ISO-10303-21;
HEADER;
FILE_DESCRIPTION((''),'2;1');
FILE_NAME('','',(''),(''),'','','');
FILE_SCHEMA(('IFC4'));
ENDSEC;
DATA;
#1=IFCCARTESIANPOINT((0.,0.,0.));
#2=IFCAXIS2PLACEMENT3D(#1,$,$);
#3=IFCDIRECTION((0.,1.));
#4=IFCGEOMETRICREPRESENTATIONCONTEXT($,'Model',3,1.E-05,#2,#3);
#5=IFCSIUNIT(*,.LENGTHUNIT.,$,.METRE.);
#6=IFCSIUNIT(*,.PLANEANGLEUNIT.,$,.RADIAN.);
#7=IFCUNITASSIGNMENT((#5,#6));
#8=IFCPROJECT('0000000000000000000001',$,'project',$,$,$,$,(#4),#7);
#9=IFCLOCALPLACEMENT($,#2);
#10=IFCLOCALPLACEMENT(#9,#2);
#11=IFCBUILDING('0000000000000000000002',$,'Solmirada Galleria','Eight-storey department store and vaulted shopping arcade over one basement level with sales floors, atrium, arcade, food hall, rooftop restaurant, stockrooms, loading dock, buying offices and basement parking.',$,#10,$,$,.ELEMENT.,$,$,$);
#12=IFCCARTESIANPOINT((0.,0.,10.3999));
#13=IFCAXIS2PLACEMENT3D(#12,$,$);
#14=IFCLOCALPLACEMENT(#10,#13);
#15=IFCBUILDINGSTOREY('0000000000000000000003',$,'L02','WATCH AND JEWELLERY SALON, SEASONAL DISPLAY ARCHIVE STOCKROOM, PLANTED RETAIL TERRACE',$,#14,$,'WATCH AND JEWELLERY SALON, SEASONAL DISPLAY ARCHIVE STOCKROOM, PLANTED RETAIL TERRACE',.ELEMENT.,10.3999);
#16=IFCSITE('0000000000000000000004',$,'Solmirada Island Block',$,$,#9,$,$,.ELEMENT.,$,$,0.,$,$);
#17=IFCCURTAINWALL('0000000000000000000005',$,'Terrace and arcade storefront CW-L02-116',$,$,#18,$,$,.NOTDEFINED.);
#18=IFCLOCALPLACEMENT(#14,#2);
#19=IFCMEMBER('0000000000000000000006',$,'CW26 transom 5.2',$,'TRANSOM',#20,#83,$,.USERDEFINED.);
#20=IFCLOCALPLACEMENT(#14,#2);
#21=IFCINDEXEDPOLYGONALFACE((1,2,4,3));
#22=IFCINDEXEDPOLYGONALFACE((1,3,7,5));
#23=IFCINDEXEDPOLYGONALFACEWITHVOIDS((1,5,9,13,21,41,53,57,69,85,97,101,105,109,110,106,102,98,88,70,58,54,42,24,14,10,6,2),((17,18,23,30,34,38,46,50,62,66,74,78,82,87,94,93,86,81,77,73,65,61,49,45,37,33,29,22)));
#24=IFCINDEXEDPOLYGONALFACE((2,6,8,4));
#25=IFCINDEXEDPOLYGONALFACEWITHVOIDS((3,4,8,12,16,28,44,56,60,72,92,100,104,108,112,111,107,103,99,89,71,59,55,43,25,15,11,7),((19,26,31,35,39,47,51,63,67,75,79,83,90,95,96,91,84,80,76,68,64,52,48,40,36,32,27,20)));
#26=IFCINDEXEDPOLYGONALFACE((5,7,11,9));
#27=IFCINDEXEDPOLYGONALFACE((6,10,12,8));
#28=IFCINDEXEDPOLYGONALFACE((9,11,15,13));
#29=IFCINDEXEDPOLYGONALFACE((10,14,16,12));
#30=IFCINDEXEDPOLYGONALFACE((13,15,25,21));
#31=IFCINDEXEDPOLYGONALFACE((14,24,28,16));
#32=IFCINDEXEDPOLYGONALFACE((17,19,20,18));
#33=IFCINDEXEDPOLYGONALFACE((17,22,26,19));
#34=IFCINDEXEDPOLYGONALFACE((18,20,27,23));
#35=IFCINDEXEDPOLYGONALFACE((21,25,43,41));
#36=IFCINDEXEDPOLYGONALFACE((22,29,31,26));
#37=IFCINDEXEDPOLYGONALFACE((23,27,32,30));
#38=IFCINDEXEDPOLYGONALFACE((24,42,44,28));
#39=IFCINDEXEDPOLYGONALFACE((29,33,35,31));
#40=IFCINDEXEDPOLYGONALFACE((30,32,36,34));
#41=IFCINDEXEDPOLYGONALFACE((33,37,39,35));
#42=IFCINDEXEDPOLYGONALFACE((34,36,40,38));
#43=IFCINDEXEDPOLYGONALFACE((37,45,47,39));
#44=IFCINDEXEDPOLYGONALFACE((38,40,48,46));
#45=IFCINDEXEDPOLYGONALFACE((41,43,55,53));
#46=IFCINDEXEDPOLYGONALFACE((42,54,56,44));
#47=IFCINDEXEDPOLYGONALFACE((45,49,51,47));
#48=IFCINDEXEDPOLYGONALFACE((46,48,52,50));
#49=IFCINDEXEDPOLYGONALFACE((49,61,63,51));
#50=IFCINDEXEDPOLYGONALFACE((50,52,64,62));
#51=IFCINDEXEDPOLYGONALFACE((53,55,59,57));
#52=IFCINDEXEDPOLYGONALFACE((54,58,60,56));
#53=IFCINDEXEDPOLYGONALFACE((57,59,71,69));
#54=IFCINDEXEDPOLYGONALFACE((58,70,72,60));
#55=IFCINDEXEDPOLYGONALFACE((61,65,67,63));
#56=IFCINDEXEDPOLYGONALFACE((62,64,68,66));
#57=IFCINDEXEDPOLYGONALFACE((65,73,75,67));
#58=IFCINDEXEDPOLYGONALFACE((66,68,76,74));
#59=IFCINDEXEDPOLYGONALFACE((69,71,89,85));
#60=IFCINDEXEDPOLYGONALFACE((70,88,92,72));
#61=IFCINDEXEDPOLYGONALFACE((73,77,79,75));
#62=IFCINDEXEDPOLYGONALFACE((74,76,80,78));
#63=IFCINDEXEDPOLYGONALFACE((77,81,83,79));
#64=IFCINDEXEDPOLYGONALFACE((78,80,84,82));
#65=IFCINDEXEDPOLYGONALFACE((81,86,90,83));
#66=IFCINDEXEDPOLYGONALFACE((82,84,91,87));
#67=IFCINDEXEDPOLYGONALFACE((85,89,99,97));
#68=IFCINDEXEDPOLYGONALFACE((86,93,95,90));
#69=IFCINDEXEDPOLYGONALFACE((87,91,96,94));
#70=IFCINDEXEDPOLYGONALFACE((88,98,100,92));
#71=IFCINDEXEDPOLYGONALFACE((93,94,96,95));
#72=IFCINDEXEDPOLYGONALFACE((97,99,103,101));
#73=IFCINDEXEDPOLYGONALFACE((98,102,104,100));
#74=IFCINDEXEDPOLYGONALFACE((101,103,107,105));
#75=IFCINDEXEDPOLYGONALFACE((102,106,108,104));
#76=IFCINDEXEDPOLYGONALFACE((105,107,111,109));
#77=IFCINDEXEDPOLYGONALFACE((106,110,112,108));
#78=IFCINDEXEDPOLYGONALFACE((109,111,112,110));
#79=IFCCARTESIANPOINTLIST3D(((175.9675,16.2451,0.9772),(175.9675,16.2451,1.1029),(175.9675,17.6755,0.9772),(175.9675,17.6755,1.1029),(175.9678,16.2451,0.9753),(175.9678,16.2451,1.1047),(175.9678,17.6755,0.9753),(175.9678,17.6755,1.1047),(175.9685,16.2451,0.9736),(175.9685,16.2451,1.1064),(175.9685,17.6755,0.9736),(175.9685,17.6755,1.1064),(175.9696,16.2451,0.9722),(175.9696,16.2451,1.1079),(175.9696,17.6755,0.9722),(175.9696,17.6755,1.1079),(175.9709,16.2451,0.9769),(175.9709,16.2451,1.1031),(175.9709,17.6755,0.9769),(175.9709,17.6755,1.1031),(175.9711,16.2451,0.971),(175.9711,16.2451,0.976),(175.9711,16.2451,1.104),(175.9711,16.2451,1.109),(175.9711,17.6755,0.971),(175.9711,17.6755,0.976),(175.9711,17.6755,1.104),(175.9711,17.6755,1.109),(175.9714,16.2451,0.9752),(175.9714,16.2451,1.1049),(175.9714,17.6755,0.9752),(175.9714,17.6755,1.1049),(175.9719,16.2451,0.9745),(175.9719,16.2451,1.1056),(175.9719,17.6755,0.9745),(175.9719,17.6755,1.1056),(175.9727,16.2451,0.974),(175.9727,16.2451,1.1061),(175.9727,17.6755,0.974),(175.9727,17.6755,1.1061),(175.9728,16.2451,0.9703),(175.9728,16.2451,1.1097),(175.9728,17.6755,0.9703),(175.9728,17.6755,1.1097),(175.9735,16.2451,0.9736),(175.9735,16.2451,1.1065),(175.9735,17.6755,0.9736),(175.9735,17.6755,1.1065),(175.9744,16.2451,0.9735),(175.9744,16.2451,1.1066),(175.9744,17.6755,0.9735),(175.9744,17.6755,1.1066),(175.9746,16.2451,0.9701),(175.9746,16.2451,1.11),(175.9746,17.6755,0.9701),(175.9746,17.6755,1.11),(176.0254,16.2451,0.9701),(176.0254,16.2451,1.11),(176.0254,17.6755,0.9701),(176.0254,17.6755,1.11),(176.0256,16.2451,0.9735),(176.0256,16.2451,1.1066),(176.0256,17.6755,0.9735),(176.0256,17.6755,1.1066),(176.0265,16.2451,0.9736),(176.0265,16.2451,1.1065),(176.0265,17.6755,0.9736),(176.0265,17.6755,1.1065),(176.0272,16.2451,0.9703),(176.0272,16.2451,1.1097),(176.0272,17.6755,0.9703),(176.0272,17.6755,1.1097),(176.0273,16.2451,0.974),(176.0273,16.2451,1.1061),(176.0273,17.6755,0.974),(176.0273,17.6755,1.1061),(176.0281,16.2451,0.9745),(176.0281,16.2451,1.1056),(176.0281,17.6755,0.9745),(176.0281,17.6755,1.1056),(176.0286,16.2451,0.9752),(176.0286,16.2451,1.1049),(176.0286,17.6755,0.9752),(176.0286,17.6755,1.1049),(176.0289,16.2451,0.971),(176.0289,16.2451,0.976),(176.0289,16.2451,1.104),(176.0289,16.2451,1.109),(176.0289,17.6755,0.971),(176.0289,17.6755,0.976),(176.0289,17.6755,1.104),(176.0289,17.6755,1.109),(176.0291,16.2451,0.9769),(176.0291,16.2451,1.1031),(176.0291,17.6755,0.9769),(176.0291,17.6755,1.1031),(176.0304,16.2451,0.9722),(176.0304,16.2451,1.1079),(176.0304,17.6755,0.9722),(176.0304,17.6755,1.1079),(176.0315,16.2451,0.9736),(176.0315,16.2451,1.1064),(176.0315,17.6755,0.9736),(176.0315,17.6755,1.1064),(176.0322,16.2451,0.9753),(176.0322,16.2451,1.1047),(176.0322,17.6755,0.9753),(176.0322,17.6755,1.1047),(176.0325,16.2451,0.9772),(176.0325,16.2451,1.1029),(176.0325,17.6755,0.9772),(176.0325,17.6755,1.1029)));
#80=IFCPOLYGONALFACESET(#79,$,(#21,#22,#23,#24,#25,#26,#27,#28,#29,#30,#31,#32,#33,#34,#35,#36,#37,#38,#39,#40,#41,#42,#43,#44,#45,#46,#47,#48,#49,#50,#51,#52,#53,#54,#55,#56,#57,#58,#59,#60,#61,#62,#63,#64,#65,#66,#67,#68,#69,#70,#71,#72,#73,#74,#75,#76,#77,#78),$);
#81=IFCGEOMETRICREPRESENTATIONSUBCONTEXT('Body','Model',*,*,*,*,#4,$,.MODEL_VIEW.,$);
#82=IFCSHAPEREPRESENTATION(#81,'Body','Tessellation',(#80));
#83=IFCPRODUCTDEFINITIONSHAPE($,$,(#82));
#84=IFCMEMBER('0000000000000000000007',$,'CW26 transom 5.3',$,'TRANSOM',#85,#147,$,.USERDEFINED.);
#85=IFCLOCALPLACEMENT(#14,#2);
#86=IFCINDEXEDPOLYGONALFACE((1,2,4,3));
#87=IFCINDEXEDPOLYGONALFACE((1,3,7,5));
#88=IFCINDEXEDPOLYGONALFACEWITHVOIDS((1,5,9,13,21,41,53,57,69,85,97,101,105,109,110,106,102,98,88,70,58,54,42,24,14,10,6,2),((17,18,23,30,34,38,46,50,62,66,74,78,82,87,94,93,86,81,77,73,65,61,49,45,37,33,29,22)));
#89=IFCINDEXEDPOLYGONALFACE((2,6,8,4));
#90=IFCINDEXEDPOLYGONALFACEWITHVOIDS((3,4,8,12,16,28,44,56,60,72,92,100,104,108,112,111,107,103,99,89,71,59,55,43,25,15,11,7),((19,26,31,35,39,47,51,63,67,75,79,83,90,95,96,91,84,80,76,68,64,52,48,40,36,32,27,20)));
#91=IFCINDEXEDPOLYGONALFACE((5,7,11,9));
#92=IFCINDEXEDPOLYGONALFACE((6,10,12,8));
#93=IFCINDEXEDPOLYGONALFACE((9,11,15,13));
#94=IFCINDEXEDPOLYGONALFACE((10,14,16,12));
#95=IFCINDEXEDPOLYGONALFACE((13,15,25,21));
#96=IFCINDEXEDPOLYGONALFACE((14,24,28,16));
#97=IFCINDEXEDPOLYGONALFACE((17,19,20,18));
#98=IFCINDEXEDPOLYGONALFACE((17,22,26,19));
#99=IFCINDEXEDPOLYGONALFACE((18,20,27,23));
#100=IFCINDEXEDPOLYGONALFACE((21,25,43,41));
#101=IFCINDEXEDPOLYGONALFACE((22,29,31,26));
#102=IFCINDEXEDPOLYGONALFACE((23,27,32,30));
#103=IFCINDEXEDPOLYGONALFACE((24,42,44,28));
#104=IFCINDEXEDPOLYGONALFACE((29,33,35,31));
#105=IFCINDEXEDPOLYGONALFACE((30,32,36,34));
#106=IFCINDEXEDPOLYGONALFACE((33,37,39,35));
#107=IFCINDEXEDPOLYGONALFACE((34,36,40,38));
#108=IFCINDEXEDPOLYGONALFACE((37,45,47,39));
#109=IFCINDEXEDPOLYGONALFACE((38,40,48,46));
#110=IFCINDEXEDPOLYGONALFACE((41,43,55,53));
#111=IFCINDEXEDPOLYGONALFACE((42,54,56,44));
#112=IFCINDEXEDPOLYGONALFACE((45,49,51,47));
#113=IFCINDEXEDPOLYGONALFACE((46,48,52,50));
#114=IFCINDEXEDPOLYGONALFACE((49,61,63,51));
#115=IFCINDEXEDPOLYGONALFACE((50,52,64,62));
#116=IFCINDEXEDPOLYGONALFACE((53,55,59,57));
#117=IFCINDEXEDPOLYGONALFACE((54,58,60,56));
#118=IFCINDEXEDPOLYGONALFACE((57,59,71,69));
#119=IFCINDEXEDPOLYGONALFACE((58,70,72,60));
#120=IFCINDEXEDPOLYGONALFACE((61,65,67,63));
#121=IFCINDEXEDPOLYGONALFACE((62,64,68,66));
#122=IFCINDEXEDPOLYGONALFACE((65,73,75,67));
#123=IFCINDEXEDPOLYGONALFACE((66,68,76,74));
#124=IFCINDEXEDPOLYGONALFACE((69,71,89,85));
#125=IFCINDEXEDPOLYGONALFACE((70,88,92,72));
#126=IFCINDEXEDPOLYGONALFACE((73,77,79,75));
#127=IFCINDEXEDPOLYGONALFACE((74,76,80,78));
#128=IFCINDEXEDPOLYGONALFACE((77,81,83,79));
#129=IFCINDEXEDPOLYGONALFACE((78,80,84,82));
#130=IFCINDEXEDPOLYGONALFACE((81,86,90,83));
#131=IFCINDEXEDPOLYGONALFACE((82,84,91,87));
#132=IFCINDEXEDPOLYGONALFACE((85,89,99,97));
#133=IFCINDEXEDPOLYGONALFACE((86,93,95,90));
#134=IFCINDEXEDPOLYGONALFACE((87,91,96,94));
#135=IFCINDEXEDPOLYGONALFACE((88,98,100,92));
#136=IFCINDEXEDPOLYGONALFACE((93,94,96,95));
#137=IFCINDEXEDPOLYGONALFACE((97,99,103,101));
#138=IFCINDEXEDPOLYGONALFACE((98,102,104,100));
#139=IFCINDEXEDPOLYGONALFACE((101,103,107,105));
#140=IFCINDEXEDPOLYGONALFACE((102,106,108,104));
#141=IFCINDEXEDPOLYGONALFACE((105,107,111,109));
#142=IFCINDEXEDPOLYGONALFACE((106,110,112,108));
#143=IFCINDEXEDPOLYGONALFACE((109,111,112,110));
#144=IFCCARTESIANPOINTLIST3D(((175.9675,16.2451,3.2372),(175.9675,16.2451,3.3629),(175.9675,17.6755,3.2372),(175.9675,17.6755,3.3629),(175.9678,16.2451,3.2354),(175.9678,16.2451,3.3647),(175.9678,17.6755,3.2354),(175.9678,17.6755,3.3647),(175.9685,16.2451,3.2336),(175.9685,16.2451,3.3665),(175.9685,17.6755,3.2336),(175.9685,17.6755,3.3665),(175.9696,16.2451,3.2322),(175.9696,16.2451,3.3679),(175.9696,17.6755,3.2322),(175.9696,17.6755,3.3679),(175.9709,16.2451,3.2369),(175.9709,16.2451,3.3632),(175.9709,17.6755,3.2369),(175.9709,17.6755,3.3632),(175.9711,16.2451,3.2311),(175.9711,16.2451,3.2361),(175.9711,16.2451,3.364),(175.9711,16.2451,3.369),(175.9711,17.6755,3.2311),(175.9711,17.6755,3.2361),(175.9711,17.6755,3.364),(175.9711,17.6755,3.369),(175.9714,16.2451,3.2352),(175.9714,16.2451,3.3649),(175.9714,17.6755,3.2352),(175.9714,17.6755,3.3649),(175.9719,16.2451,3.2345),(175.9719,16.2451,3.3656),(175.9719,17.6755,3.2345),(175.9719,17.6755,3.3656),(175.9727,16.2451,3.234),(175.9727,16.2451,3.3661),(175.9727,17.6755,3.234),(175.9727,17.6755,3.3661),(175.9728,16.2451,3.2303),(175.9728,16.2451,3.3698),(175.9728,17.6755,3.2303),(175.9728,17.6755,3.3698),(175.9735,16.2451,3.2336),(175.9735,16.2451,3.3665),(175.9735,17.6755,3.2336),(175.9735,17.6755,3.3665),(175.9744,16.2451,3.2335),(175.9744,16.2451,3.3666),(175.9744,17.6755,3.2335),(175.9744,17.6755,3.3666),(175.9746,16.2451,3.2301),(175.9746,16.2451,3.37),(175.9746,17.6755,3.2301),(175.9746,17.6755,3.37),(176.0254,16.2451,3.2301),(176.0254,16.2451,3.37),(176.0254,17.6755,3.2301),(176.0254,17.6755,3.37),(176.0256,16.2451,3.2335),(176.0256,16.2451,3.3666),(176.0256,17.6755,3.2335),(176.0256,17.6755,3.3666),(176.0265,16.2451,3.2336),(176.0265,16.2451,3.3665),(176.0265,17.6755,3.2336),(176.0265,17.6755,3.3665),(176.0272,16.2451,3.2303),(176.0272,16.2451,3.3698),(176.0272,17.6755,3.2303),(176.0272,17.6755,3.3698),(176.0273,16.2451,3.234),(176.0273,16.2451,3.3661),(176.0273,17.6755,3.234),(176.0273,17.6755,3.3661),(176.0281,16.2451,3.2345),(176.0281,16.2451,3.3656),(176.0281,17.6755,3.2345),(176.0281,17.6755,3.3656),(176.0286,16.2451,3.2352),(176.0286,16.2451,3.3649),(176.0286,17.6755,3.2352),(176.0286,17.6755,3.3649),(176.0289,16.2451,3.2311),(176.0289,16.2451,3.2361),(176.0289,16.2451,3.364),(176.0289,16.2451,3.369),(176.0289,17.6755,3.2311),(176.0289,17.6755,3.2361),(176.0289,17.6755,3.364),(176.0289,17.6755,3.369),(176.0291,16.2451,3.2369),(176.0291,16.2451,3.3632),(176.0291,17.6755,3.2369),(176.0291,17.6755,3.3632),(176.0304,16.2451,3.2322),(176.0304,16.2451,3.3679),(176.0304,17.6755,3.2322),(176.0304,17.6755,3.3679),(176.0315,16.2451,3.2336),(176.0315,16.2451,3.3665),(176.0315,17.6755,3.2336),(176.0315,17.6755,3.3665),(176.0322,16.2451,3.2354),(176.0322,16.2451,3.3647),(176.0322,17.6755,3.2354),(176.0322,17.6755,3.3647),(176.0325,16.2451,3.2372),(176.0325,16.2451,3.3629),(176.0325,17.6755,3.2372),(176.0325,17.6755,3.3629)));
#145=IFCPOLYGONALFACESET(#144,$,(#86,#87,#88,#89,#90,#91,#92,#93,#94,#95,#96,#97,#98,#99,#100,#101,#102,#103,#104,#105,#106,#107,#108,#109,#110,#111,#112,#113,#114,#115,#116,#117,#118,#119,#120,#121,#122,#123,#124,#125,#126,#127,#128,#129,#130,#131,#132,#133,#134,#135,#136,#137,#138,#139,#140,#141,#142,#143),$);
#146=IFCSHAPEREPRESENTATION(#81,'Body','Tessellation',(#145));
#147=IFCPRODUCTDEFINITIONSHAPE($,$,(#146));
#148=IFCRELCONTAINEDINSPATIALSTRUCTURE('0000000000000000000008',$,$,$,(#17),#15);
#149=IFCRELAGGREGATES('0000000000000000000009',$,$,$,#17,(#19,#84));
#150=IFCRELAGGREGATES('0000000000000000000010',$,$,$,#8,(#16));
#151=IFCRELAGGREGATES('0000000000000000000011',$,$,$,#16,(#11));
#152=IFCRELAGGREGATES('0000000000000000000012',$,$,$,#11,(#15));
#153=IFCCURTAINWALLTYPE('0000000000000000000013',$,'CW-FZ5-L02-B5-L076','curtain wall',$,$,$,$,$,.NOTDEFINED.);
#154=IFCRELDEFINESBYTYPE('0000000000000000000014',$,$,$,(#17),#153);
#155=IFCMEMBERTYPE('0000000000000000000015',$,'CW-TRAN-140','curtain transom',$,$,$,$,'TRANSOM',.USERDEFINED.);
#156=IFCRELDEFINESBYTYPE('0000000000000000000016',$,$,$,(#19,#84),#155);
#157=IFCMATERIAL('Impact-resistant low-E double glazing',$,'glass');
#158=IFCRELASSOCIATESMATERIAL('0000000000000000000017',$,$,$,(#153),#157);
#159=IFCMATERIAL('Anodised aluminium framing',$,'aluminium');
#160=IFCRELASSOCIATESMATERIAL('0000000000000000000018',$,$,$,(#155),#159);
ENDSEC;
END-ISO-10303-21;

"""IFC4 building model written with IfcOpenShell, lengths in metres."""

from ifc_helpers import new_model, si_unit, direction, frame, origin, origin_2d, place, context, subcontext, project, spatial, hollow_rectangle, extrude, material, material_profile, profile_set, type_object, element, aggregate, save


model = new_model("IFC4")

# Units and contexts
model_context = context("Model", 3, precision=1e-05, world=origin(), true_north=direction((0.0, 1.0)))
body_context = subcontext(model_context, "Body", "Model", "MODEL_VIEW")
ifc_project = project(units=[si_unit("LENGTHUNIT", "METRE"), si_unit("PLANEANGLEUNIT", "RADIAN")], contexts=[model_context])

# Site, building, storey
site_placement = place(None, origin())
site = spatial("IfcSite", under=ifc_project, at=site_placement, Name="Solmirada Island Block", CompositionType="ELEMENT", RefElevation=0.0)
building_placement = place(site_placement, origin())
building = spatial("IfcBuilding", under=site, at=building_placement, Name="Solmirada Galleria", Description="Eight-storey department store and vaulted shopping arcade over one basement level with sales floors, atrium, arcade, food hall, rooftop restaurant, stockrooms, loading dock, buying offices and basement parking.", CompositionType="ELEMENT")
storey_placement = place(building_placement, frame((0.0, 0.0, 10.3999)))
storey = spatial("IfcBuildingStorey", under=building, at=storey_placement, Name="L02", Description="WATCH AND JEWELLERY SALON, SEASONAL DISPLAY ARCHIVE STOCKROOM, PLANTED RETAIL TERRACE", LongName="WATCH AND JEWELLERY SALON, SEASONAL DISPLAY ARCHIVE STOCKROOM, PLANTED RETAIL TERRACE", CompositionType="ELEMENT", Elevation=10.3999)

# Curtain wall, members
ifc_material_1 = material(Name="Impact-resistant low-E double glazing", Category="glass")
curtain_wall_type = type_object("IfcCurtainWallType", Name="CW-FZ5-L02-B5-L076", Description="curtain wall", PredefinedType="NOTDEFINED", material=ifc_material_1)
curtain_wall_placement = place(storey_placement, origin())
curtain_wall = element("IfcCurtainWall", 1, at=curtain_wall_placement, inside=storey, type_object=curtain_wall_type, Name="Terrace and arcade storefront CW-L02-116", PredefinedType="NOTDEFINED")
ifc_material_2 = material(Name="Anodised aluminium framing", Category="aluminium")
ifc_material_profile_1 = material_profile(ifc_material_2, hollow_rectangle(XDim=0.0649, YDim=0.1399, WallThickness=0.0034, InnerFilletRadius=0.0034, OuterFilletRadius=0.0071, at=origin_2d()), Name="ALU-TRAN-140X65")
ifc_profile_set_1 = profile_set([ifc_material_profile_1], Name="Anodised aluminium framing")
member_type_1 = type_object("IfcMemberType", Name="CW-TRAN-140", Description="curtain transom", ElementType="TRANSOM", PredefinedType="USERDEFINED", material=ifc_profile_set_1)
member_1_placement = place(storey_placement, frame((176.0, 17.6755, 1.04), z_axis=(0.0, -1.0, 0.0), x_axis=(1.0, 0.0, 0.0)))
member_1 = element("IfcMember", 2, at=member_1_placement, type_object=member_type_1, Name="CW26 transom 5.2", ObjectType="TRANSOM", PredefinedType="USERDEFINED", context=body_context, shape_type="SweptSolid", body=[
    extrude(hollow_rectangle(XDim=0.0649, YDim=0.1399, WallThickness=0.0034, InnerFilletRadius=0.0034, OuterFilletRadius=0.0071, at=origin_2d()), origin(), (0.0, 0.0, 1.0), 1.4304),
])
member_2_placement = place(storey_placement, frame((176.0, 17.6755, 3.3), z_axis=(0.0, -1.0, 0.0), x_axis=(1.0, 0.0, 0.0)))
member_2 = element("IfcMember", 3, at=member_2_placement, type_object=member_type_1, Name="CW26 transom 5.3", ObjectType="TRANSOM", PredefinedType="USERDEFINED", context=body_context, shape_type="SweptSolid", body=[
    extrude(hollow_rectangle(XDim=0.0649, YDim=0.1399, WallThickness=0.0034, InnerFilletRadius=0.0034, OuterFilletRadius=0.0071, at=origin_2d()), origin(), (0.0, 0.0, 1.0), 1.4304),
])
aggregate(curtain_wall, [member_1, member_2])

save(model, "model.ifc")
